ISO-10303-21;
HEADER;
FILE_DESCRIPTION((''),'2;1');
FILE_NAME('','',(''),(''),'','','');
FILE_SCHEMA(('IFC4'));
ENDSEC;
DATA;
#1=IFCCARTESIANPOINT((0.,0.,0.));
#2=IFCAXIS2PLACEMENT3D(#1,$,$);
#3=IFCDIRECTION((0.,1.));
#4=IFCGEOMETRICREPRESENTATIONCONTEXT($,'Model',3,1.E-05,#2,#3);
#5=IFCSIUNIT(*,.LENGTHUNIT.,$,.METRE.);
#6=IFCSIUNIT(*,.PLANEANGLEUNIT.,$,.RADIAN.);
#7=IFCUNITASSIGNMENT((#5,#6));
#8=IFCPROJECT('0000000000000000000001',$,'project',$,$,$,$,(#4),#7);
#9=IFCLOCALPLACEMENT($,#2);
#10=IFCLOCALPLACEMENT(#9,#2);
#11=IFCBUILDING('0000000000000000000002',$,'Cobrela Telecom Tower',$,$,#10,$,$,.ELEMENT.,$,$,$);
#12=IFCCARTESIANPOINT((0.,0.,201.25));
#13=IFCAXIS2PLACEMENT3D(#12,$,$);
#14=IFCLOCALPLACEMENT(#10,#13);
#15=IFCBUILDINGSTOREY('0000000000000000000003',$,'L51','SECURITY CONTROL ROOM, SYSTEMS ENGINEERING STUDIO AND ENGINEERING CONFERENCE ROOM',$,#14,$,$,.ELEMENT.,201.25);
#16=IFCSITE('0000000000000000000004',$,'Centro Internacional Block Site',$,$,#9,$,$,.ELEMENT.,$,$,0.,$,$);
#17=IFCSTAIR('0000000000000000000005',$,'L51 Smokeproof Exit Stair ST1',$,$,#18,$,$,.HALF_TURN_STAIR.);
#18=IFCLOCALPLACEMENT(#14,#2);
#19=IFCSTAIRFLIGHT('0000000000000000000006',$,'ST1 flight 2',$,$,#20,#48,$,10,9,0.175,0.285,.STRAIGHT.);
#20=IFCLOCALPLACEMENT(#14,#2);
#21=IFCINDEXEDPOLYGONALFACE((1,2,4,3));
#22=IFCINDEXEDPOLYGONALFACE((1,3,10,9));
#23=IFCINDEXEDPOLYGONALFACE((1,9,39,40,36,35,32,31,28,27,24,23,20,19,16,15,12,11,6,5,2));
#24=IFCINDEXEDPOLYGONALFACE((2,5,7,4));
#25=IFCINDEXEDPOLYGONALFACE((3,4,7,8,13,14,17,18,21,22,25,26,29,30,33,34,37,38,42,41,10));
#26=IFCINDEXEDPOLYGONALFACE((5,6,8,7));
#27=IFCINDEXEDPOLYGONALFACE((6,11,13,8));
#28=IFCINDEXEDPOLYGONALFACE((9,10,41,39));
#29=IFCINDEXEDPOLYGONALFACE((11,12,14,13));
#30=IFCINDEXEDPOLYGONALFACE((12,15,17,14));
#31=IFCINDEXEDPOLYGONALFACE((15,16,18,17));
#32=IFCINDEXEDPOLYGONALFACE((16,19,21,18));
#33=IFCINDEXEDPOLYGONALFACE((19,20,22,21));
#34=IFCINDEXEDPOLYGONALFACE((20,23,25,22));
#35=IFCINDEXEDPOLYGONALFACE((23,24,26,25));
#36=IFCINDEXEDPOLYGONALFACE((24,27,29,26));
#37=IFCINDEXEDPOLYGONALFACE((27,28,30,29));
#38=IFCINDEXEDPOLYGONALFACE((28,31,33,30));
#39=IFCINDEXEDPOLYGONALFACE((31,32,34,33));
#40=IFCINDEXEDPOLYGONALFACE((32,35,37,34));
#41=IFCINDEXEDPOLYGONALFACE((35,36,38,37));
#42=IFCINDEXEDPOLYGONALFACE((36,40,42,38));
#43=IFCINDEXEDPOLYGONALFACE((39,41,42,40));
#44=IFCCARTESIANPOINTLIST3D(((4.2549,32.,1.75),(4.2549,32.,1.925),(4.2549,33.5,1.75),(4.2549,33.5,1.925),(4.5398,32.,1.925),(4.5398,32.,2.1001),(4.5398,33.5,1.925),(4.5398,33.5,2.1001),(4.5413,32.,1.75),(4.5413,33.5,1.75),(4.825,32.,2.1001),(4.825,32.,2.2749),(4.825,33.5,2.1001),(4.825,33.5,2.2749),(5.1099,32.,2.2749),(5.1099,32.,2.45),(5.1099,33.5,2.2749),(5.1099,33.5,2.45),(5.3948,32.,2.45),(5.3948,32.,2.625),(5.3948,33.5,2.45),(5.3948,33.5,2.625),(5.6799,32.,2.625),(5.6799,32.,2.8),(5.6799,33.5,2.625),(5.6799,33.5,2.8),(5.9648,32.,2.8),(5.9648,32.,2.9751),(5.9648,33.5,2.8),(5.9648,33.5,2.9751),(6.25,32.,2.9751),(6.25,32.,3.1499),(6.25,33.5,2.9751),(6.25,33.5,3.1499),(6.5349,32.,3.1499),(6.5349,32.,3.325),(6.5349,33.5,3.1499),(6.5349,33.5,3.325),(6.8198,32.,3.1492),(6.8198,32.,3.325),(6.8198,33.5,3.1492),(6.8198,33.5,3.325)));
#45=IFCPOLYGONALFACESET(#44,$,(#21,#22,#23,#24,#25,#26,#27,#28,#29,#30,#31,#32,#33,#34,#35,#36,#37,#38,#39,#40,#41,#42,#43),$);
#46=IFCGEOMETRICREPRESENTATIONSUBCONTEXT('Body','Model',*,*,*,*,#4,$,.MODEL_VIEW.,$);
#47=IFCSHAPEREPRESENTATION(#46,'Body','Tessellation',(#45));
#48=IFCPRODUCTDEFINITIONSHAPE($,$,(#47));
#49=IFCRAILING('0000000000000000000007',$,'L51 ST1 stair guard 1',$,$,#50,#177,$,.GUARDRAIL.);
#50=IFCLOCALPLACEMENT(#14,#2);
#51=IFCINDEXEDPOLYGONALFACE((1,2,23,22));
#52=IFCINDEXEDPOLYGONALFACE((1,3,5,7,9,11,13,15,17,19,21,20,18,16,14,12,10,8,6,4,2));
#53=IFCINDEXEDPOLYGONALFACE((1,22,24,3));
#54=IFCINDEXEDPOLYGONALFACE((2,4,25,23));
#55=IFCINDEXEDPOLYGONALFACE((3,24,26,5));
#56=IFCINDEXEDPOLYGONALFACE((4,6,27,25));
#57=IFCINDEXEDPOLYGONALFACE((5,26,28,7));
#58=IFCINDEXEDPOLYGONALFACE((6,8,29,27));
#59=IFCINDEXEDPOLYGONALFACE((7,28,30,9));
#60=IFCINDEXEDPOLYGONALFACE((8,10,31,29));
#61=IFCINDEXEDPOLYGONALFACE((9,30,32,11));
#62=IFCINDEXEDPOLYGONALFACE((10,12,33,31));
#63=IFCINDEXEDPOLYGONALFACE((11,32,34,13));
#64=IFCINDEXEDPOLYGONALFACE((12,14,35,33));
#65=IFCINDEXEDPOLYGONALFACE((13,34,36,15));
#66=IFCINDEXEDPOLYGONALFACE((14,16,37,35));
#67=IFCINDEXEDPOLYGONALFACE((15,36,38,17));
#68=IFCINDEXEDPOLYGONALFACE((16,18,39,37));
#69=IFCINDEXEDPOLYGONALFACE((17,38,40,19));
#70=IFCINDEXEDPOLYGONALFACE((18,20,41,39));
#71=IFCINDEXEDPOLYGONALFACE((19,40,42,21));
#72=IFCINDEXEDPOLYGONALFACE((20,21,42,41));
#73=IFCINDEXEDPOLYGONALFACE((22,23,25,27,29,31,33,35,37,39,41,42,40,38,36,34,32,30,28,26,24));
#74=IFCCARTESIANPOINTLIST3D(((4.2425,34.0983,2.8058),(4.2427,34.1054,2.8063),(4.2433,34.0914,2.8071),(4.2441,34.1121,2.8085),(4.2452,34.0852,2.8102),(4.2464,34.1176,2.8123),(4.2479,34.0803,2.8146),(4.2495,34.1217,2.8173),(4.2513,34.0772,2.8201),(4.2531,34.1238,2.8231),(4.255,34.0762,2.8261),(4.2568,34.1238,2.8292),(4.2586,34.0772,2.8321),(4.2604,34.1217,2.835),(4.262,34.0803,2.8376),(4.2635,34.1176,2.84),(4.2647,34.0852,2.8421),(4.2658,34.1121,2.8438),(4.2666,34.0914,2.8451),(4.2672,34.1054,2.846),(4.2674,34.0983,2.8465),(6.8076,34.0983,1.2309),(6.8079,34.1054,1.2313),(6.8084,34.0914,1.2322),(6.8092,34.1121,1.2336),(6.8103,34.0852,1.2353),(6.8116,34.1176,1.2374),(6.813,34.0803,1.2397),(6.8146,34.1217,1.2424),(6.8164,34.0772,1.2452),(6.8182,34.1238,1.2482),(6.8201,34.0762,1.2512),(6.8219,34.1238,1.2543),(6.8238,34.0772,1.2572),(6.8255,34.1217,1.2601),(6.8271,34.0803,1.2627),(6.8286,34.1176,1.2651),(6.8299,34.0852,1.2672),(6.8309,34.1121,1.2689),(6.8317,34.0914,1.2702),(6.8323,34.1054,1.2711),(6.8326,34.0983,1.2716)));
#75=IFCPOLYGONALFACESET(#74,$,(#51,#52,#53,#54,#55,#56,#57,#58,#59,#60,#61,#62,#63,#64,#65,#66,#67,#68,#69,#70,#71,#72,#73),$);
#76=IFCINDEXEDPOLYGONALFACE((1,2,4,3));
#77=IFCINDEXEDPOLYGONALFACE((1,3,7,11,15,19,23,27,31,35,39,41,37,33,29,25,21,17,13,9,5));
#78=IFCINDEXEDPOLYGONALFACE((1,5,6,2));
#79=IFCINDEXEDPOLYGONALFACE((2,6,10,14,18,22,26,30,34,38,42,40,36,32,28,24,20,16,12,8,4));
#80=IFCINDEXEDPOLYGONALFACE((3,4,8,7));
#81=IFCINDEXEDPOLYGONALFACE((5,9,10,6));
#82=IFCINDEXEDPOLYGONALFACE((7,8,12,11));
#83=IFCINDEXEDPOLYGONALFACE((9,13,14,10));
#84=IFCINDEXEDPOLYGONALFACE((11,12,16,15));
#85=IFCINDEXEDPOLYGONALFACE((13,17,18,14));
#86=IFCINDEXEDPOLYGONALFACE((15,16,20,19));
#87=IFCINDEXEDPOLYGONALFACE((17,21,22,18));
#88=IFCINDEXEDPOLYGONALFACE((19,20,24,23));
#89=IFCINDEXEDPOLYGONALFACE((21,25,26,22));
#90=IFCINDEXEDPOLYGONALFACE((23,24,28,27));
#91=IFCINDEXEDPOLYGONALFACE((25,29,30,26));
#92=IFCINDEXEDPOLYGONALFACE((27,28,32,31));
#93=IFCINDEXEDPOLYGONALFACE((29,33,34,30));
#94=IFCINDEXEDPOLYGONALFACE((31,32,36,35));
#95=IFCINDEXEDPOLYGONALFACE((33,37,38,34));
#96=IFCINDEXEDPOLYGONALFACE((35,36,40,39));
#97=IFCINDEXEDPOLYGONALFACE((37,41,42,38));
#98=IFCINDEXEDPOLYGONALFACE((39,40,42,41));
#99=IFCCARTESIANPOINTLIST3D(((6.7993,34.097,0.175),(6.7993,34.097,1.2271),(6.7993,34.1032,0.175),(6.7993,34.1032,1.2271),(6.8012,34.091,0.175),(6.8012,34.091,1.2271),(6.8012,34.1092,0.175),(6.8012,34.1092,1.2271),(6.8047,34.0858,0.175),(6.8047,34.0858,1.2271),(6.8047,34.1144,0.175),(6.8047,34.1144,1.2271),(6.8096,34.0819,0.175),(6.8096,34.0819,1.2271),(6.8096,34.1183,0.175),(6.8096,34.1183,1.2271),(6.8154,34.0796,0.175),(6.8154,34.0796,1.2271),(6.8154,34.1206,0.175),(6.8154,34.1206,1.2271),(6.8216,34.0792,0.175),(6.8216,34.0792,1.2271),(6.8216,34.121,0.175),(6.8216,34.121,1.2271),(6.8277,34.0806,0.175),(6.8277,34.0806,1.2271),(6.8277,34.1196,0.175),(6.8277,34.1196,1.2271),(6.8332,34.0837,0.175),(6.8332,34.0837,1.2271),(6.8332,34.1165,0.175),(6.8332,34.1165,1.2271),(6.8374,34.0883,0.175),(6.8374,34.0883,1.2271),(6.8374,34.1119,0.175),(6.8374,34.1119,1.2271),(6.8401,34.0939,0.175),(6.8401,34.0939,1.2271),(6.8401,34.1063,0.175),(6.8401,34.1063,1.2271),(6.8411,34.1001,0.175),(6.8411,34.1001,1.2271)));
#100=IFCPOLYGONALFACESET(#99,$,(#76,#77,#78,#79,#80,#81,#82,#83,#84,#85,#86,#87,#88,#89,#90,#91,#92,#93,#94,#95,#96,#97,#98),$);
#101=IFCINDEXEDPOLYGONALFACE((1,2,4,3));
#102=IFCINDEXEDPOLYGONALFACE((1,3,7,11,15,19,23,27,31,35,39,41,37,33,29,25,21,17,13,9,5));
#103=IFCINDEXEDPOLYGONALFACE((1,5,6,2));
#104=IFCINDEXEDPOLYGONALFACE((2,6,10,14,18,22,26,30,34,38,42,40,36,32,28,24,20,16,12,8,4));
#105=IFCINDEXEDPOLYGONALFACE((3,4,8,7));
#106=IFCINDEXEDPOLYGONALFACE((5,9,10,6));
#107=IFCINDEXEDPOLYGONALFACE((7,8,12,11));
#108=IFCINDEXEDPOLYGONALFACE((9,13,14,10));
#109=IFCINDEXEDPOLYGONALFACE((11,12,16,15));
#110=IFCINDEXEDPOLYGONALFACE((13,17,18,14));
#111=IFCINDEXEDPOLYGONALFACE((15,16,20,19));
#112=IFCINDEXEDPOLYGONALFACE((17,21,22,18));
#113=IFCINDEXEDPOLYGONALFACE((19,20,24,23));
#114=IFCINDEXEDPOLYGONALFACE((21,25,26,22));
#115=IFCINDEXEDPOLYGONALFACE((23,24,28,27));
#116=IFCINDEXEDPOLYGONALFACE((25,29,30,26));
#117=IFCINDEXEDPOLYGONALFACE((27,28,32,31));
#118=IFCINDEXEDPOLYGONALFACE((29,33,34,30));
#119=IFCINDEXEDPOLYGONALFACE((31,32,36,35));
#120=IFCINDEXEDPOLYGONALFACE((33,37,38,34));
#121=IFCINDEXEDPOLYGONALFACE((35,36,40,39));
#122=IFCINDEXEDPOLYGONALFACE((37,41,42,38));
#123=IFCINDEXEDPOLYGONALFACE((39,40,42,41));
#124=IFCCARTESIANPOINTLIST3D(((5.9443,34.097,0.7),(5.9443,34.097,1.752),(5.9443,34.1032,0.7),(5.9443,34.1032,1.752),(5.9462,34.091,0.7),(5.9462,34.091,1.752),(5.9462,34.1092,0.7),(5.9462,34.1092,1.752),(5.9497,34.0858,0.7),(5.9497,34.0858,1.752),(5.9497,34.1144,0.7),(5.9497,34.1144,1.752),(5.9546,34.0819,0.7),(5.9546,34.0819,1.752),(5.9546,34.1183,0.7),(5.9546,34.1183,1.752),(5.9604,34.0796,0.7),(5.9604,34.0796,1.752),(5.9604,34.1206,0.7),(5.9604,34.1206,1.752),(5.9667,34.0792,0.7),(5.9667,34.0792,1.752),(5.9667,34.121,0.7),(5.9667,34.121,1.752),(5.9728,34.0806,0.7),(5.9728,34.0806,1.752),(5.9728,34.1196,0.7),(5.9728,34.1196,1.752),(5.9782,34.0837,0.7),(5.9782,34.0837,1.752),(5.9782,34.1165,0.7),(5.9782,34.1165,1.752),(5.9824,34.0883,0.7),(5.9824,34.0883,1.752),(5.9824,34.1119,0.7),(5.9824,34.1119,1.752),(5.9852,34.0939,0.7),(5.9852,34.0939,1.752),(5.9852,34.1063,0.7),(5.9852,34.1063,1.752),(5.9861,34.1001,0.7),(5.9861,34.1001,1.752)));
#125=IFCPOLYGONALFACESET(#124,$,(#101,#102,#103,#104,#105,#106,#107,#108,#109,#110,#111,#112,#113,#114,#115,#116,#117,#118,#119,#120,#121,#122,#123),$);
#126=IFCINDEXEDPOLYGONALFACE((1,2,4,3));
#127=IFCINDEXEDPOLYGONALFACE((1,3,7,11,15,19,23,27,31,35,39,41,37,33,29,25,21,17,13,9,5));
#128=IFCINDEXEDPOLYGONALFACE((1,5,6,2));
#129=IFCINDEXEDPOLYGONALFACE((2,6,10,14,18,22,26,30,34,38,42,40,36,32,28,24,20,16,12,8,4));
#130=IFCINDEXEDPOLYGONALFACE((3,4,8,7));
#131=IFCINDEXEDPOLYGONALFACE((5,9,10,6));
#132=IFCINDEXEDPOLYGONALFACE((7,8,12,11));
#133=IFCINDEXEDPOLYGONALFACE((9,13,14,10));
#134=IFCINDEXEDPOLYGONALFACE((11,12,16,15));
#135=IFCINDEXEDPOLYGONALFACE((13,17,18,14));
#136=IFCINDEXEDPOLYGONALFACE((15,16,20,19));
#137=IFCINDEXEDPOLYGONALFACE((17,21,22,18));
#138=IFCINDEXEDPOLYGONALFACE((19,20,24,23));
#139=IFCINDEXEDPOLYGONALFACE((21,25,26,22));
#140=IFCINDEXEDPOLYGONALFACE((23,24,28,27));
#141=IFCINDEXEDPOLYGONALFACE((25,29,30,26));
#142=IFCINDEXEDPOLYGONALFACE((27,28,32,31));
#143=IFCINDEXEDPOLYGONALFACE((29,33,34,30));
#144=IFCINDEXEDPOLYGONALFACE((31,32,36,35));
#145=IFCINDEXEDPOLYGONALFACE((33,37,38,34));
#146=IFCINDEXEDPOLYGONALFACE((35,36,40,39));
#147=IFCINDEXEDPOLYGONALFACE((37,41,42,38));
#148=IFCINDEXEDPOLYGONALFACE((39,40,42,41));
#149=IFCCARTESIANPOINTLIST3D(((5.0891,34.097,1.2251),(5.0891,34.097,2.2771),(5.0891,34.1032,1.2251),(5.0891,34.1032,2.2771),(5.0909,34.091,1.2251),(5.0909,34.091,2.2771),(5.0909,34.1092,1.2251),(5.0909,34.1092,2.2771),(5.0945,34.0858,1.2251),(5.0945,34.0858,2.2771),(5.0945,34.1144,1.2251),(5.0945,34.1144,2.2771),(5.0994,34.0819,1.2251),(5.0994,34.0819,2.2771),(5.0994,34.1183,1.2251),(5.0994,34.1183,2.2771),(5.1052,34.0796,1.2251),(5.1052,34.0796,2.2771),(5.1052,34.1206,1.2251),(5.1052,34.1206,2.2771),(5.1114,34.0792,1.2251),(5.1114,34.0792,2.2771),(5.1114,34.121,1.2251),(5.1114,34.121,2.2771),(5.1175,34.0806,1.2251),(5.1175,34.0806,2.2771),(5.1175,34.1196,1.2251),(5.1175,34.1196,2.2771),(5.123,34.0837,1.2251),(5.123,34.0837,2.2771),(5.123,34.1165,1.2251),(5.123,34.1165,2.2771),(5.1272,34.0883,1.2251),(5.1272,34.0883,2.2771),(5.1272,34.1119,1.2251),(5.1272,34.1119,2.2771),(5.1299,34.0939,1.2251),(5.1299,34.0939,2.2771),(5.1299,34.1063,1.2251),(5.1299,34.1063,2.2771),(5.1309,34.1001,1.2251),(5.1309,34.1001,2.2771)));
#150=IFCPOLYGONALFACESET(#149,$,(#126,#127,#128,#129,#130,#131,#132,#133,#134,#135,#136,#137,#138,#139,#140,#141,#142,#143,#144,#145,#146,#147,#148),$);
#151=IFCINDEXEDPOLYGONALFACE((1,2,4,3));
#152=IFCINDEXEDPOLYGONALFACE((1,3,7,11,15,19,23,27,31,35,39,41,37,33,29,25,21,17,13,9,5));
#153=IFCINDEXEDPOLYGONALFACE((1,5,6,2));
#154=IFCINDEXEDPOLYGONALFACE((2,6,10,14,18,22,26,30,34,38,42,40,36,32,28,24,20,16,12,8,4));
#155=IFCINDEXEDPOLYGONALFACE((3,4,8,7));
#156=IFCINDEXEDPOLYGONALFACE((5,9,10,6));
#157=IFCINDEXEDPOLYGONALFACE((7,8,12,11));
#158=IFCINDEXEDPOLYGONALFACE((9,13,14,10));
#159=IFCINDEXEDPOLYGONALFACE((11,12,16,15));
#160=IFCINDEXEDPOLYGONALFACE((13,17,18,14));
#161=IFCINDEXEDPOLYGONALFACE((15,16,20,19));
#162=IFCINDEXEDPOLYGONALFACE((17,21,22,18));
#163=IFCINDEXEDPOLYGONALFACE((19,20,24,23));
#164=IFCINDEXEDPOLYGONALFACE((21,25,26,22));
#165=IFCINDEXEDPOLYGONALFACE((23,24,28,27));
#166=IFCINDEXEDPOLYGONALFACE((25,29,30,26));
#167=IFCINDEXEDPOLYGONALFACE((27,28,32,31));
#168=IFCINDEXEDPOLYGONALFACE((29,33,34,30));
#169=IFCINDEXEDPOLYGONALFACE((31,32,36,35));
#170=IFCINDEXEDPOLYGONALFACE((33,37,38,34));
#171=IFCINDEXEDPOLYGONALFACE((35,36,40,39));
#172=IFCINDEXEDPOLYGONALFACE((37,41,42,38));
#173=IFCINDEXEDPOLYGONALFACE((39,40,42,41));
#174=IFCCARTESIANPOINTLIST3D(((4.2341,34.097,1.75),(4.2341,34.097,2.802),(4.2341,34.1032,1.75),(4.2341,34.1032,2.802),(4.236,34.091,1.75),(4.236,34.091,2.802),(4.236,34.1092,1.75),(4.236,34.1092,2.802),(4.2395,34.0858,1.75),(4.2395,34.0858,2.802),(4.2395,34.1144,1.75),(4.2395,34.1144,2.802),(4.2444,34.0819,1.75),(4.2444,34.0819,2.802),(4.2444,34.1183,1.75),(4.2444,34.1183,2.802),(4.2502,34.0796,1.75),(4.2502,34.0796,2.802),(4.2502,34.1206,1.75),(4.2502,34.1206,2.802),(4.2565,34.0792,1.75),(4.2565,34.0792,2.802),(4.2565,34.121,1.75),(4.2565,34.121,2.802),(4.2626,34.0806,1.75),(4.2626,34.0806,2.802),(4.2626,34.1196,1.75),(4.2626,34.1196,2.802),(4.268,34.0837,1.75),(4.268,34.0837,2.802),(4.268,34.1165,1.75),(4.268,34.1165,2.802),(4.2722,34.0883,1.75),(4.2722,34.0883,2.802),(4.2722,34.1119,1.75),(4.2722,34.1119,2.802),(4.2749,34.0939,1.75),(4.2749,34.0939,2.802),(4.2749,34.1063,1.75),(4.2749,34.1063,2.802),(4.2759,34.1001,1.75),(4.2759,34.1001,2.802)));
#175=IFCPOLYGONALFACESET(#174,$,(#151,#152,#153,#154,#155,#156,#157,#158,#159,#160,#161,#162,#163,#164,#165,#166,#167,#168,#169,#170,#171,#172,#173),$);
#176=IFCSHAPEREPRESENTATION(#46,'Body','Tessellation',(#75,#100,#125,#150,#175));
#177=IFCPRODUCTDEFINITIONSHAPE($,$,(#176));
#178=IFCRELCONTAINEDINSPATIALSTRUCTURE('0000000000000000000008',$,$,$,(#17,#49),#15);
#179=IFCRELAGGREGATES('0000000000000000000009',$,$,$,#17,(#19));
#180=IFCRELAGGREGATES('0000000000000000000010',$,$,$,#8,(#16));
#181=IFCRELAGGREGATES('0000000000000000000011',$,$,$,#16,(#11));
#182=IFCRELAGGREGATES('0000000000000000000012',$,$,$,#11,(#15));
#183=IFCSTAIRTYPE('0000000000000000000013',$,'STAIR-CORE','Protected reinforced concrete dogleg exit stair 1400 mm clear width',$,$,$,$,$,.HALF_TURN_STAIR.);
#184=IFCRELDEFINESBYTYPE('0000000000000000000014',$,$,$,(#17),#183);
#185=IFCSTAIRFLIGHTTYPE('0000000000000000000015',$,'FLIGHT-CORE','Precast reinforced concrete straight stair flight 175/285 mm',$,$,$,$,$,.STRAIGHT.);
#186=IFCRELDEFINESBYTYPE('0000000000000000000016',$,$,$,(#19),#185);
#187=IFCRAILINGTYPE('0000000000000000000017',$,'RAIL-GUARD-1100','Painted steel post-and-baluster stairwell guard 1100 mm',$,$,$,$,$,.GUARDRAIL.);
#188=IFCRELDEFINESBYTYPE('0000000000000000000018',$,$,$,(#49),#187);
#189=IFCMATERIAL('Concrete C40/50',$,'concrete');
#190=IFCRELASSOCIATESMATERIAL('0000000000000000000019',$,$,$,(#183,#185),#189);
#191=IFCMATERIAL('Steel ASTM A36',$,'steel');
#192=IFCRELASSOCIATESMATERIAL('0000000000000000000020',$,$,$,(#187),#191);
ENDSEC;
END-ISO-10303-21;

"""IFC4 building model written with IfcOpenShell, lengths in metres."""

from ifc_helpers import new_model, si_unit, direction, frame, origin, origin_2d, place, context, subcontext, project, spatial, polyline, circle, outline, extrude, material, type_object, element, aggregate, save


model = new_model("IFC4")

# Units and contexts
model_context = context("Model", 3, precision=1e-05, world=origin(), true_north=direction((0.0, 1.0)))
body_context = subcontext(model_context, "Body", "Model", "MODEL_VIEW")
ifc_project = project(units=[si_unit("LENGTHUNIT", "METRE"), si_unit("PLANEANGLEUNIT", "RADIAN")], contexts=[model_context])

# Site, building, storey
site_placement = place(None, origin())
site = spatial("IfcSite", under=ifc_project, at=site_placement, Name="Centro Internacional Block Site", CompositionType="ELEMENT", RefElevation=0.0)
building_placement = place(site_placement, origin())
building = spatial("IfcBuilding", under=site, at=building_placement, Name="Cobrela Telecom Tower", CompositionType="ELEMENT")
storey_placement = place(building_placement, frame((0.0, 0.0, 201.25)))
storey = spatial("IfcBuildingStorey", under=building, at=storey_placement, Name="L51", Description="SECURITY CONTROL ROOM, SYSTEMS ENGINEERING STUDIO AND ENGINEERING CONFERENCE ROOM", CompositionType="ELEMENT", Elevation=201.25)

# Shared definitions
ifc_material_1 = material(Name="Concrete C40/50", Category="concrete")

# Shared definitions
ifc_material_2 = material(Name="Steel ASTM A36", Category="steel")

# Stair, stair flight
stair_type = type_object("IfcStairType", Name="STAIR-CORE", Description="Protected reinforced concrete dogleg exit stair 1400 mm clear width", PredefinedType="HALF_TURN_STAIR", material=ifc_material_1)
stair_placement = place(storey_placement, origin())
stair = element("IfcStair", 1, at=stair_placement, inside=storey, type_object=stair_type, Name="L51 Smokeproof Exit Stair ST1", PredefinedType="HALF_TURN_STAIR")
stair_flight_type = type_object("IfcStairFlightType", Name="FLIGHT-CORE", Description="Precast reinforced concrete straight stair flight 175/285 mm", PredefinedType="STRAIGHT", material=ifc_material_1)
stair_flight_1_placement = place(storey_placement, frame((4.2549, 32.75, 1.75), z_axis=(0.0, 0.0, 1.0), x_axis=(1.0, 0.0, 0.0)))
stair_flight_1 = element("IfcStairFlight", 2, at=stair_flight_1_placement, type_object=stair_flight_type, Name="ST1 flight 2", NumberOfRisers=10, NumberOfTreads=9, PredefinedType="STRAIGHT", RiserHeight=0.175, TreadLength=0.285, context=body_context, shape_type="SweptSolid", body=[
    extrude(outline(polyline([(0.0, 0.0), (0.0, 0.175), (0.2849, 0.175), (0.2849, 0.3501), (0.5701, 0.3501), (0.5701, 0.5249), (0.855, 0.5249), (0.855, 0.7), (1.1399, 0.7), (1.1399, 0.875), (1.425, 0.875), (1.425, 1.05), (1.71, 1.05), (1.71, 1.2251), (1.9951, 1.2251), (1.9951, 1.3999), (2.28, 1.3999), (2.28, 1.575), (2.5649, 1.575), (2.5649, 1.75), (2.5649, 1.3992), (0.2864, 0.0), (0.0, 0.0)])), frame((0.0, 0.75, 0.0), z_axis=(0.0, -1.0, 0.0), x_axis=(1.0, 0.0, 0.0)), (0.0, 0.0, 1.0), 1.5),
])
aggregate(stair, [stair_flight_1])

# Railing
railing_type_1 = type_object("IfcRailingType", Name="RAIL-GUARD-1100", Description="Painted steel post-and-baluster stairwell guard 1100 mm", PredefinedType="GUARDRAIL", material=ifc_material_2)
railing_1_placement = place(storey_placement, frame((6.8201, 34.1001, 0.175)))
element("IfcRailing", 3, at=railing_1_placement, inside=storey, type_object=railing_type_1, Name="L51 ST1 stair guard 1", PredefinedType="GUARDRAIL", context=body_context, shape_type="SweptSolid", body=[
    extrude(circle(Radius=0.0239, at=origin_2d()), frame((0.0, 0.0, 1.0762), z_axis=(-0.852195, 0.0, 0.523224), x_axis=(0.0, -1.0, 0.0)), (0.0, 0.0, 1.0), 3.01),
    extrude(circle(Radius=0.021, at=origin_2d()), origin(), (0.0, 0.0, 1.0), 1.052),
    extrude(circle(Radius=0.021, at=origin_2d()), frame((-0.855, 0.0, 0.5249)), (0.0, 0.0, 1.0), 1.052),
    extrude(circle(Radius=0.021, at=origin_2d()), frame((-1.7102, 0.0, 1.05)), (0.0, 0.0, 1.0), 1.052),
    extrude(circle(Radius=0.021, at=origin_2d()), frame((-2.5652, 0.0, 1.575)), (0.0, 0.0, 1.0), 1.052),
])

save(model, "model.ifc")
